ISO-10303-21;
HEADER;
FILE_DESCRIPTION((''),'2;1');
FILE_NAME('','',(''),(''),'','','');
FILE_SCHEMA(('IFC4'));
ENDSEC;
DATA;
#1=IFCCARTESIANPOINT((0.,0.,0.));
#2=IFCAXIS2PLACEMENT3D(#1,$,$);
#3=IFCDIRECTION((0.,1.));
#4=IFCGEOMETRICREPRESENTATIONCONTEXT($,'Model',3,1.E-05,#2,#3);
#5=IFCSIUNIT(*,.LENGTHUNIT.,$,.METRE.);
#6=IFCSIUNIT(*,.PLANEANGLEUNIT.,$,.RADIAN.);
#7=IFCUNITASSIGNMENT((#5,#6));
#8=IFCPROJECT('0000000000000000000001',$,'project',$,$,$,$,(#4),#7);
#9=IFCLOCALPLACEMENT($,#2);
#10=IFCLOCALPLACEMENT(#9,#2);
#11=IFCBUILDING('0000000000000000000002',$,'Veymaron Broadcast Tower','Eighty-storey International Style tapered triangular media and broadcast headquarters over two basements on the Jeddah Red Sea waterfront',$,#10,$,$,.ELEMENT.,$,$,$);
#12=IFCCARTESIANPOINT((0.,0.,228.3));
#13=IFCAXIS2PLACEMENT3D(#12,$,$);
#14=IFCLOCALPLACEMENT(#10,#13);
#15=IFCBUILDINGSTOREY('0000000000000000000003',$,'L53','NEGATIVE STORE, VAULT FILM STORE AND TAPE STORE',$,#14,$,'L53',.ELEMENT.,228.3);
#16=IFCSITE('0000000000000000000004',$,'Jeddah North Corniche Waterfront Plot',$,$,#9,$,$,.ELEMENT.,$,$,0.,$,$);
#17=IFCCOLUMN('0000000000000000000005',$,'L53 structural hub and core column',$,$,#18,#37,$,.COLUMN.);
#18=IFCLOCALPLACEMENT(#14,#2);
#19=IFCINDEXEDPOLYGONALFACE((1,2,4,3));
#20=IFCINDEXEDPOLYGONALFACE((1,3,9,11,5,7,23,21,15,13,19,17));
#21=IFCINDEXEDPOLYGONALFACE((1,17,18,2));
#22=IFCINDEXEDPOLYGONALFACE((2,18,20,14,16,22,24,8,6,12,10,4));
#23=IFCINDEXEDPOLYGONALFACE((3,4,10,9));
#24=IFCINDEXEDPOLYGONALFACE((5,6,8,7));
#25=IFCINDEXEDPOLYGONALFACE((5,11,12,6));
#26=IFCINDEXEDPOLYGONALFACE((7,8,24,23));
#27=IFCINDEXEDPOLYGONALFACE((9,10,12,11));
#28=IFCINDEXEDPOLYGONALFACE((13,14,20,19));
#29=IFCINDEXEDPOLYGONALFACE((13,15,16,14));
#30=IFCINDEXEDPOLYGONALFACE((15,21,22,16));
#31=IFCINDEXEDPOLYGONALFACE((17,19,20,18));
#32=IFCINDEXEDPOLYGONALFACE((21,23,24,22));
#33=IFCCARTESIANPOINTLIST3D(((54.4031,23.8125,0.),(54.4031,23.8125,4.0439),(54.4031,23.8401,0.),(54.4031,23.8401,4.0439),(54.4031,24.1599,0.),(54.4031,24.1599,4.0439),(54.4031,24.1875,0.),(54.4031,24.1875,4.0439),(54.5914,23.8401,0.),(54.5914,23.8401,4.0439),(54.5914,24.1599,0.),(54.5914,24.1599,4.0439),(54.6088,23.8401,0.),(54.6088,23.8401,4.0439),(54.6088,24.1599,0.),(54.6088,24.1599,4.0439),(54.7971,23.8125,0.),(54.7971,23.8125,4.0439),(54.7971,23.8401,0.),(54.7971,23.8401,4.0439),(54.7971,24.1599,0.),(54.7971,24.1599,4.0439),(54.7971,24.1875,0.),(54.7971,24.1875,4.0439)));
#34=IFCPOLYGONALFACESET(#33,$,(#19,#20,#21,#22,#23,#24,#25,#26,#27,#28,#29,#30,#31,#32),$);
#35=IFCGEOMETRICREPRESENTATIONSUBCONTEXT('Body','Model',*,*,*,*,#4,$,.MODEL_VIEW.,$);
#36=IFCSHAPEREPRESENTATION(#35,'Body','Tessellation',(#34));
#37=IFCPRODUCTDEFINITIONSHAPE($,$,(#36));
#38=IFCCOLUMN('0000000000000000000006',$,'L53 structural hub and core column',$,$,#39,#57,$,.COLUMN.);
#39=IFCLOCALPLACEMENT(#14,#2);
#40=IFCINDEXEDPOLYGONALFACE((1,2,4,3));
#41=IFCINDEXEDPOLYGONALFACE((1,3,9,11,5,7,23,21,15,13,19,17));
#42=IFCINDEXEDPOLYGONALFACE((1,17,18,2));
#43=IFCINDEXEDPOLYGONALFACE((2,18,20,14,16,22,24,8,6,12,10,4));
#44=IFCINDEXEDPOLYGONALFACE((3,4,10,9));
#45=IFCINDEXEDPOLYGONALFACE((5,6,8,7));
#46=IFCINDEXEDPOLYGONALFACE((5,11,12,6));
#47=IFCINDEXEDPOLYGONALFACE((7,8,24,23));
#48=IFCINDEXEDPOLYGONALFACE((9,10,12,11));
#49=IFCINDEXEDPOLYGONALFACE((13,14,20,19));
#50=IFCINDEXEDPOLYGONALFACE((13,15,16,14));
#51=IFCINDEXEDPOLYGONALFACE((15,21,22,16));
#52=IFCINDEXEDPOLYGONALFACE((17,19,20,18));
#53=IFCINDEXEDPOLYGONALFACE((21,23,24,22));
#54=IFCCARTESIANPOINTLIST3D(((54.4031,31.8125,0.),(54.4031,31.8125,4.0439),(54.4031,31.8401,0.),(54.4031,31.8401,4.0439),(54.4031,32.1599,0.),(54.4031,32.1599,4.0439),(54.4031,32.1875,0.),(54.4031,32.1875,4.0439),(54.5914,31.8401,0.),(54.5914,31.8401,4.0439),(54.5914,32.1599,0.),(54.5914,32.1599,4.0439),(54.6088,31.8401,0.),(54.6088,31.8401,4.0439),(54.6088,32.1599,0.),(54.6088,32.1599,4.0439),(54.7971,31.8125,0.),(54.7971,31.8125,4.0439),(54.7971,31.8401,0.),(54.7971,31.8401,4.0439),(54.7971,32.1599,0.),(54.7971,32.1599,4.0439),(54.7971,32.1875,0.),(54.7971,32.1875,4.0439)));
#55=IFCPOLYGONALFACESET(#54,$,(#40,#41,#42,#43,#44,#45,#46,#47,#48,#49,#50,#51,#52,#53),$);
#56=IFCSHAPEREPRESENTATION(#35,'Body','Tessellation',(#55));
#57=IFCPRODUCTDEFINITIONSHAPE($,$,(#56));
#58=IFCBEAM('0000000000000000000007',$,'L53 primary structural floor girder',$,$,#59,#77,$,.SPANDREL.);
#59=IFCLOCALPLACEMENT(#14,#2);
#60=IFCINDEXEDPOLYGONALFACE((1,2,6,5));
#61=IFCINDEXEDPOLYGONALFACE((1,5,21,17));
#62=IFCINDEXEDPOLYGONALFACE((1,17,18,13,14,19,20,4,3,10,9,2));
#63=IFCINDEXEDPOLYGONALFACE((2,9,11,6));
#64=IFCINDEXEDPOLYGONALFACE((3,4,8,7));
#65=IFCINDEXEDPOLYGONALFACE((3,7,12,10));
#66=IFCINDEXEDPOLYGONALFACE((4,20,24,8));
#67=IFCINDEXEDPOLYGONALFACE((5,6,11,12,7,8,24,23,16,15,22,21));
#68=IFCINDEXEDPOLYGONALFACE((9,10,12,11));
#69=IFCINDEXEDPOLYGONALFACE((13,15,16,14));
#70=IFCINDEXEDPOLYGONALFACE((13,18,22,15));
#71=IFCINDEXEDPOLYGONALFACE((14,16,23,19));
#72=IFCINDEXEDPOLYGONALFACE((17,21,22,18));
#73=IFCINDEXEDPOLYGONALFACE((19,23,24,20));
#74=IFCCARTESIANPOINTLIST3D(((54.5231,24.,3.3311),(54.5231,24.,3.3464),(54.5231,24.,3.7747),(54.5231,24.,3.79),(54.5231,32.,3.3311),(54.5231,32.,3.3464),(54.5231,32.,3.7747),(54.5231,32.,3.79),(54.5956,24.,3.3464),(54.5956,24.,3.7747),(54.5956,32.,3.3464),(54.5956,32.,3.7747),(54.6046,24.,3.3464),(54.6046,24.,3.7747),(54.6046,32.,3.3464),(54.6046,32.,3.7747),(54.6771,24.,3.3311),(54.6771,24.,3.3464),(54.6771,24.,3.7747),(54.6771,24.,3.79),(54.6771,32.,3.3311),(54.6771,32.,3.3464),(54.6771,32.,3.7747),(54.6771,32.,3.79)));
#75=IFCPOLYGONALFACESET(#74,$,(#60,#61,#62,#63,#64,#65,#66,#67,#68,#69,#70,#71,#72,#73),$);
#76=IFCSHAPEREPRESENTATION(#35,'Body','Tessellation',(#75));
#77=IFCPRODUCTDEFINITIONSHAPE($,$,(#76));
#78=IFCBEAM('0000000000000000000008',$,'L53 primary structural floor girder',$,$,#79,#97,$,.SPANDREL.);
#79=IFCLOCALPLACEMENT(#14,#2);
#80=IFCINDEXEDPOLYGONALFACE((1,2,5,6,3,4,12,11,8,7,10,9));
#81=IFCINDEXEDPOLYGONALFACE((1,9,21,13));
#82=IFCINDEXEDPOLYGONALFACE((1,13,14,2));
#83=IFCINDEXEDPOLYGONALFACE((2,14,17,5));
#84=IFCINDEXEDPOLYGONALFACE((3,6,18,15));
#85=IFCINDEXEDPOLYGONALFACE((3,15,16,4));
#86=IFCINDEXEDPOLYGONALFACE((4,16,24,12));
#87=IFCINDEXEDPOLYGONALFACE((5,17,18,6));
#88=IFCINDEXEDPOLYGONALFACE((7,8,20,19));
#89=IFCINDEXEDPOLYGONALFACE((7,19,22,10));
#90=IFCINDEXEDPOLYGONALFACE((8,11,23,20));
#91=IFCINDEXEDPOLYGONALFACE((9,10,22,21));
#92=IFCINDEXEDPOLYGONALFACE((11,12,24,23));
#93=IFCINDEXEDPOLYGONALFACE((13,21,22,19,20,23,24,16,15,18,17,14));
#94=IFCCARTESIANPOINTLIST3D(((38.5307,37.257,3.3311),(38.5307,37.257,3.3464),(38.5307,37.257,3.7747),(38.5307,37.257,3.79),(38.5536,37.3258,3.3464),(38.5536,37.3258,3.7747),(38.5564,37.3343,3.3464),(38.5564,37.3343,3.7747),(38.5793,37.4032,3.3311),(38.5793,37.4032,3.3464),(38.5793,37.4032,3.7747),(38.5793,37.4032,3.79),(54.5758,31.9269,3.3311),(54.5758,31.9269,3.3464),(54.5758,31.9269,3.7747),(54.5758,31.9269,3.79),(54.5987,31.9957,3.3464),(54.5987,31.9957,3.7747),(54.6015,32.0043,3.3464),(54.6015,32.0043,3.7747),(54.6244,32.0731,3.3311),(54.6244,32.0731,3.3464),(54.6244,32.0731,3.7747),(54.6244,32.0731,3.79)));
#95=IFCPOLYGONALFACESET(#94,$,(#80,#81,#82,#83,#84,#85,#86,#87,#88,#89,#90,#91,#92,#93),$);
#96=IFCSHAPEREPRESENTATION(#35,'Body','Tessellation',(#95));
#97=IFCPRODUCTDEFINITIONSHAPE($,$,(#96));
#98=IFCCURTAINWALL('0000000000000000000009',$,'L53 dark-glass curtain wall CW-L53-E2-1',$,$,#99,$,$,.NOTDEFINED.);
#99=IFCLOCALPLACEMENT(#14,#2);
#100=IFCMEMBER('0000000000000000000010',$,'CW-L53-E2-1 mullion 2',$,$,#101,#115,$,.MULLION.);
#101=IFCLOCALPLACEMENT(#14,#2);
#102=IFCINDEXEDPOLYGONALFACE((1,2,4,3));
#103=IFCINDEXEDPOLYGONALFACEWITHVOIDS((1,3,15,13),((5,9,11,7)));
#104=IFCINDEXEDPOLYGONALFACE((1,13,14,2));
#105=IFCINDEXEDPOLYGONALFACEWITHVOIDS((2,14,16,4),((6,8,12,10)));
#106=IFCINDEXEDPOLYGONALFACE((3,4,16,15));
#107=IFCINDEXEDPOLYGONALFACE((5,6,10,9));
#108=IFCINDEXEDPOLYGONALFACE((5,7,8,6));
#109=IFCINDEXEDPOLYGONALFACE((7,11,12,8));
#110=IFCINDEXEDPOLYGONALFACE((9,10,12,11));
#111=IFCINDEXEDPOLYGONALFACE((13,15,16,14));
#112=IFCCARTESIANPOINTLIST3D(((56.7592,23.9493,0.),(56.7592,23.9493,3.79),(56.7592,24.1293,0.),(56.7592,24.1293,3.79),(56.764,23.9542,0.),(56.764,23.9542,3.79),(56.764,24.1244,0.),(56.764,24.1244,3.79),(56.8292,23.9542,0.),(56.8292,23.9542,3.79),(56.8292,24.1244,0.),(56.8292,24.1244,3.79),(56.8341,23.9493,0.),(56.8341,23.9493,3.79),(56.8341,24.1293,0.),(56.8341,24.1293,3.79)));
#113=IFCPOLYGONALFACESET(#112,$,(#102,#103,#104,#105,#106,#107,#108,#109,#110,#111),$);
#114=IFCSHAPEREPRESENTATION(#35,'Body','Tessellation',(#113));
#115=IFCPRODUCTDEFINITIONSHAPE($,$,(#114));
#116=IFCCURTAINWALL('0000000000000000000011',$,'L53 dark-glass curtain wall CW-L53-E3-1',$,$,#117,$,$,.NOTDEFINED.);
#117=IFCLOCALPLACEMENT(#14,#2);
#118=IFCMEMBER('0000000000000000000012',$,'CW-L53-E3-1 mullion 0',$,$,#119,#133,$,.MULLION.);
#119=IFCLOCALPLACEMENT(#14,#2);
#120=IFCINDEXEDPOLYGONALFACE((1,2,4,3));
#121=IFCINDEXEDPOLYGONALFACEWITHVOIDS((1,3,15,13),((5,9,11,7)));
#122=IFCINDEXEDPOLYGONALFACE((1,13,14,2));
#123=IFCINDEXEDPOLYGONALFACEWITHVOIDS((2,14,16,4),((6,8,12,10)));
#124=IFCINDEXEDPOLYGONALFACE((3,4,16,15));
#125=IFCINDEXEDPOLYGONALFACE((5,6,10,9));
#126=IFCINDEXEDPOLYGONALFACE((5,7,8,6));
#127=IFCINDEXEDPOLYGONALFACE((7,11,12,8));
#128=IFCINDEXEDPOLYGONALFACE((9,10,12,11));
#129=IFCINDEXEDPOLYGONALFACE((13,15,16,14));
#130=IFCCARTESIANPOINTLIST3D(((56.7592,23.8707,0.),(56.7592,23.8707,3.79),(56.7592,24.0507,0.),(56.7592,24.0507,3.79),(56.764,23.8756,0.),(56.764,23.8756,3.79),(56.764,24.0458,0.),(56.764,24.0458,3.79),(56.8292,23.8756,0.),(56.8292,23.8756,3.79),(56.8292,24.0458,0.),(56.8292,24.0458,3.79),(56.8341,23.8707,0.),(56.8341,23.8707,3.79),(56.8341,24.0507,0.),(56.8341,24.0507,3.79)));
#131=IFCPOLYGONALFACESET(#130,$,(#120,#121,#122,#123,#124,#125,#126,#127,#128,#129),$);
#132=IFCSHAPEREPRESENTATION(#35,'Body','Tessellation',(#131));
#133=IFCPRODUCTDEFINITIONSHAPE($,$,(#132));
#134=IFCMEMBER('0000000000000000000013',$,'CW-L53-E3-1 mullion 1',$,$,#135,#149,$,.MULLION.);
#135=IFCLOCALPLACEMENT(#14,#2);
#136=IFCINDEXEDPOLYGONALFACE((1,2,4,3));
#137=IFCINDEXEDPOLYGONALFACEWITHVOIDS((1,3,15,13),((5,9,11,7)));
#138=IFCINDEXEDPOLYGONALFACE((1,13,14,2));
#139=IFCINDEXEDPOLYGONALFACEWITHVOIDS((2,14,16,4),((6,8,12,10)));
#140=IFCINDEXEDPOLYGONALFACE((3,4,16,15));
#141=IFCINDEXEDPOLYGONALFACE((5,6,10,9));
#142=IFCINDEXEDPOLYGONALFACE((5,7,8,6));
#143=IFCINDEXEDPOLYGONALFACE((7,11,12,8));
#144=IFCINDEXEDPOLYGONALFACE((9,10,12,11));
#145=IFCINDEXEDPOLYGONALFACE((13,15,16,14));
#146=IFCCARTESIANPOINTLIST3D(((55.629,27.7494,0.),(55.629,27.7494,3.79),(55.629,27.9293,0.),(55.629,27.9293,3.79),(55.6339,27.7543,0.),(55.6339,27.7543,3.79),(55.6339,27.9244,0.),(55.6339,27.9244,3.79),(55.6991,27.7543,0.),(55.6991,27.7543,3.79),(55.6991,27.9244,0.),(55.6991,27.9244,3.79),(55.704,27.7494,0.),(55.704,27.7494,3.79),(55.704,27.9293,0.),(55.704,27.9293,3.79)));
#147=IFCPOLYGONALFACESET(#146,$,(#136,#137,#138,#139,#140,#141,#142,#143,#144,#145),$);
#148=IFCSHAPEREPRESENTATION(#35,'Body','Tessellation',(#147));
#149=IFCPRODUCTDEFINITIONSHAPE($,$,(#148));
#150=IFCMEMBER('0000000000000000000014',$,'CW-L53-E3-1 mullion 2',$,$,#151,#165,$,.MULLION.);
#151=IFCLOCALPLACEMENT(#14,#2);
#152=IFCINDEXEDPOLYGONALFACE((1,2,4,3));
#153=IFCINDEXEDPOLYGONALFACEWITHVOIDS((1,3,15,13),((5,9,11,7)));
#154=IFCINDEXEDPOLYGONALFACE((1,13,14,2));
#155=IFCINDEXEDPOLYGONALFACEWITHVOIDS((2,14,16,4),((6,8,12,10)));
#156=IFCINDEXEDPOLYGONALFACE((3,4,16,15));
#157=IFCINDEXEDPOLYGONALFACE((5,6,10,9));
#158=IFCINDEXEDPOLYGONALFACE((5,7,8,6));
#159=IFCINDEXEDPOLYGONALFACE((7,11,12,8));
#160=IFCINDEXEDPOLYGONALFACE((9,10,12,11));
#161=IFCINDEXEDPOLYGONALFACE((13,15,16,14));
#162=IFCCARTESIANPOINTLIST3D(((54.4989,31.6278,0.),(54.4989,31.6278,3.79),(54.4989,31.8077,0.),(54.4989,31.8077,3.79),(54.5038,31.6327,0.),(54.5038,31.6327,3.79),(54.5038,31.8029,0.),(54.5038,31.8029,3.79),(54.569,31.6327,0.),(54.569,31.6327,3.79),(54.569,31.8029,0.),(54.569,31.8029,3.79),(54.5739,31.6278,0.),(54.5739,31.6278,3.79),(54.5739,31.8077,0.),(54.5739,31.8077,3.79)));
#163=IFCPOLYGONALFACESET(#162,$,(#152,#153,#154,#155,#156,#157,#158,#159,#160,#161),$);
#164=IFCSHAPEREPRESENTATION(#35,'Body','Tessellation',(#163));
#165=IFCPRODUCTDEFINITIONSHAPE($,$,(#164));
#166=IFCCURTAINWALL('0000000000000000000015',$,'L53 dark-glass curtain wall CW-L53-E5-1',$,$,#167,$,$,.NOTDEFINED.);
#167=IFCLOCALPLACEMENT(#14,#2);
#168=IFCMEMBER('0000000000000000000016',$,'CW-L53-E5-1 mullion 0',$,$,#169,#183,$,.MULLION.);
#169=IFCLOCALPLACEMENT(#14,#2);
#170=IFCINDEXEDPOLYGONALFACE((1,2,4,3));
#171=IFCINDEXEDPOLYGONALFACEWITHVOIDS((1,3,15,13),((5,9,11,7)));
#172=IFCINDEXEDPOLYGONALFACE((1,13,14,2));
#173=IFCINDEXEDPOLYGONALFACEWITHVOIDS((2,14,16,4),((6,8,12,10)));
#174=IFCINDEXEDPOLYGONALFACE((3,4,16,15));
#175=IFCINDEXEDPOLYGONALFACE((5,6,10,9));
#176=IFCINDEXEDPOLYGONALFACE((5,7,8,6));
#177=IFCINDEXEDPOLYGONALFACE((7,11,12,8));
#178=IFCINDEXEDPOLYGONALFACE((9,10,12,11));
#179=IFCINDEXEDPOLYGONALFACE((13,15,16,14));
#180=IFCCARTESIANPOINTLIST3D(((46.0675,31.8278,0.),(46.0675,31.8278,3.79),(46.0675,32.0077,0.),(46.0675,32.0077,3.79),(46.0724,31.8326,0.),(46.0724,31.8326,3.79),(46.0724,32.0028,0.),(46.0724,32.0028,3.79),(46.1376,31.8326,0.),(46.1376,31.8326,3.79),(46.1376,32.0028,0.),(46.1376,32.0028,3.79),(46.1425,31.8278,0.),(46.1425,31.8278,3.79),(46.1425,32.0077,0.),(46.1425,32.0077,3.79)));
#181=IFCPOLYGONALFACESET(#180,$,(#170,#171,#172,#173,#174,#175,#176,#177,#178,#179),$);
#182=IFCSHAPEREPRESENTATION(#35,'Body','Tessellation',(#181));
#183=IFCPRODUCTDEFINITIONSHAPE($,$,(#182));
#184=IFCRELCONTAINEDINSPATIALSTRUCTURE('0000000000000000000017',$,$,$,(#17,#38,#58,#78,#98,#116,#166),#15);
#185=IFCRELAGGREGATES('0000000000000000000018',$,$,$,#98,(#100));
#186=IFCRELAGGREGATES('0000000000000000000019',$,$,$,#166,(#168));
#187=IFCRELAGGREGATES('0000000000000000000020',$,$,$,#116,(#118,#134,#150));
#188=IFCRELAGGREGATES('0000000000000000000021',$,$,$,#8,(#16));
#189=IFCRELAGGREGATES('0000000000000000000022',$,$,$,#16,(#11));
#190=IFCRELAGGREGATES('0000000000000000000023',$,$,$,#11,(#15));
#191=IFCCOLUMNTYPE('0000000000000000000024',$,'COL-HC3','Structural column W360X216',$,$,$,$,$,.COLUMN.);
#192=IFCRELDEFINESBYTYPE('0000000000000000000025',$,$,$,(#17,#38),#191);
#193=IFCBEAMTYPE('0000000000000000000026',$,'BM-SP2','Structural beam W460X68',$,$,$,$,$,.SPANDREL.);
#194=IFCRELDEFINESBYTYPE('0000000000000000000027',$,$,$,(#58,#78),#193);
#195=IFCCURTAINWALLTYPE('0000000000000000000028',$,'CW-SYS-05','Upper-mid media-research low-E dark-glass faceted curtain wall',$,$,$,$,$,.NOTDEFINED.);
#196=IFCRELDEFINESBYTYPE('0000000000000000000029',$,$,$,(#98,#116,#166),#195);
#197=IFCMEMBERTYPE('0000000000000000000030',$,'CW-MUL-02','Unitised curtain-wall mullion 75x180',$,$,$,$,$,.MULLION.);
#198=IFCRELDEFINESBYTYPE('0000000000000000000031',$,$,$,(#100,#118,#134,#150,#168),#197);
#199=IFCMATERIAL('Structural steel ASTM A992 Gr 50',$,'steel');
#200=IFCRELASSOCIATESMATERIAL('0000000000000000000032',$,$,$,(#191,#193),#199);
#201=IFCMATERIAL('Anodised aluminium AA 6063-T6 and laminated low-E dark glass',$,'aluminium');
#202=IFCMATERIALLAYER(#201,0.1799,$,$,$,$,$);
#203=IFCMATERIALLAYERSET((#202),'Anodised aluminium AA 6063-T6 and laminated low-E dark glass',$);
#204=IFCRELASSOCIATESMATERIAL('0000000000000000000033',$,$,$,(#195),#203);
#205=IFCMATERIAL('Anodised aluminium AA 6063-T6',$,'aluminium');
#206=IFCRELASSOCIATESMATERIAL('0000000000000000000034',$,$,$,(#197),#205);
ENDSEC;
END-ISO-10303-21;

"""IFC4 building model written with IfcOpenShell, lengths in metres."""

from ifc_helpers import new_model, si_unit, direction, frame, origin, origin_2d, place, context, subcontext, project, spatial, hollow_rectangle, i_section, extrude, material, layer, layer_set, material_profile, profile_set, type_object, element, aggregate, save


model = new_model("IFC4")

# Units and contexts
model_context = context("Model", 3, precision=1e-05, world=origin(), true_north=direction((0.0, 1.0)))
body_context = subcontext(model_context, "Body", "Model", "MODEL_VIEW")
ifc_project = project(units=[si_unit("LENGTHUNIT", "METRE"), si_unit("PLANEANGLEUNIT", "RADIAN")], contexts=[model_context])

# Site, building, storey
site_placement = place(None, origin())
site = spatial("IfcSite", under=ifc_project, at=site_placement, Name="Jeddah North Corniche Waterfront Plot", CompositionType="ELEMENT", RefElevation=0.0)
building_placement = place(site_placement, origin())
building = spatial("IfcBuilding", under=site, at=building_placement, Name="Veymaron Broadcast Tower", Description="Eighty-storey International Style tapered triangular media and broadcast headquarters over two basements on the Jeddah Red Sea waterfront", CompositionType="ELEMENT")
storey_placement = place(building_placement, frame((0.0, 0.0, 228.3)))
storey = spatial("IfcBuildingStorey", under=building, at=storey_placement, Name="L53", Description="NEGATIVE STORE, VAULT FILM STORE AND TAPE STORE", LongName="L53", CompositionType="ELEMENT", Elevation=228.3)

# Columns
ifc_material_1 = material(Name="Structural steel ASTM A992 Gr 50", Category="steel")
ifc_material_profile_1 = material_profile(ifc_material_1, i_section(OverallWidth=0.394, OverallDepth=0.375, WebThickness=0.0173, FlangeThickness=0.0276, at=origin_2d()), Name="W360X216")
ifc_profile_set_1 = profile_set([ifc_material_profile_1], Name="Structural steel ASTM A992 Gr 50")
column_type = type_object("IfcColumnType", Name="COL-HC3", Description="Structural column W360X216", PredefinedType="COLUMN", material=ifc_profile_set_1)
for number, where, z_axis, x_axis, name in (
    (1, (54.6001, 24.0, 0.0), (0.0, 0.0, 1.0), (1.0, 0.0, 0.0), "L53 structural hub and core column"),
    (2, (54.6001, 32.0, 0.0), (0.0, 0.0, 1.0), (1.0, 0.0, 0.0), "L53 structural hub and core column"),
):
    element("IfcColumn", number, at=place(storey_placement, frame(where, z_axis=z_axis, x_axis=x_axis)), inside=storey, type_object=column_type, Name=name, PredefinedType="COLUMN", context=body_context, shape_type="SweptSolid", body=[
        extrude(i_section(OverallWidth=0.394, OverallDepth=0.375, WebThickness=0.0173, FlangeThickness=0.0276, at=origin_2d()), origin(), (0.0, 0.0, 1.0), 4.0439),
    ])

# Beams
ifc_material_profile_2 = material_profile(ifc_material_1, i_section(OverallWidth=0.1541, OverallDepth=0.459, WebThickness=0.009, FlangeThickness=0.0154, at=origin_2d()), Name="W460X68")
ifc_profile_set_2 = profile_set([ifc_material_profile_2], Name="Structural steel ASTM A992 Gr 50")
beam_type = type_object("IfcBeamType", Name="BM-SP2", Description="Structural beam W460X68", PredefinedType="SPANDREL", material=ifc_profile_set_2)
beam_1_placement = place(storey_placement, frame((54.6001, 24.0, 3.5605), z_axis=(0.0, 1.0, 0.0), x_axis=(-1.0, 0.0, 0.0)))
element("IfcBeam", 3, at=beam_1_placement, inside=storey, type_object=beam_type, Name="L53 primary structural floor girder", PredefinedType="SPANDREL", context=body_context, shape_type="SweptSolid", body=[
    extrude(i_section(OverallWidth=0.1541, OverallDepth=0.459, WebThickness=0.009, FlangeThickness=0.0154, at=origin_2d()), origin(), (0.0, 0.0, 1.0), 8.0),
])
beam_2_placement = place(storey_placement, frame((54.6001, 32.0, 3.5605), z_axis=(-0.949008, 0.315253, 0.0), x_axis=(-0.315253, -0.949008, 0.0)))
element("IfcBeam", 4, at=beam_2_placement, inside=storey, type_object=beam_type, Name="L53 primary structural floor girder", PredefinedType="SPANDREL", context=body_context, shape_type="SweptSolid", body=[
    extrude(i_section(OverallWidth=0.1541, OverallDepth=0.459, WebThickness=0.009, FlangeThickness=0.0154, at=origin_2d()), origin(), (0.0, 0.0, 1.0), 16.9072),
])

# Curtain wall, member
ifc_material_2 = material(Name="Anodised aluminium AA 6063-T6 and laminated low-E dark glass", Category="aluminium")
ifc_layer_1 = layer(ifc_material_2, 0.1799)
ifc_layer_set_1 = layer_set([ifc_layer_1], Name="Anodised aluminium AA 6063-T6 and laminated low-E dark glass")
curtain_wall_type = type_object("IfcCurtainWallType", Name="CW-SYS-05", Description="Upper-mid media-research low-E dark-glass faceted curtain wall", PredefinedType="NOTDEFINED", material=ifc_layer_set_1)
curtain_wall_1_placement = place(storey_placement, origin())
curtain_wall_1 = element("IfcCurtainWall", 5, at=curtain_wall_1_placement, inside=storey, type_object=curtain_wall_type, Name="L53 dark-glass curtain wall CW-L53-E2-1", PredefinedType="NOTDEFINED")
ifc_material_3 = material(Name="Anodised aluminium AA 6063-T6", Category="aluminium")
ifc_material_profile_3 = material_profile(ifc_material_3, hollow_rectangle(XDim=0.075, YDim=0.1799, WallThickness=0.0049, at=origin_2d()), Name="AL180X75X5")
ifc_profile_set_3 = profile_set([ifc_material_profile_3], Name="Anodised aluminium AA 6063-T6")
member_type_1 = type_object("IfcMemberType", Name="CW-MUL-02", Description="Unitised curtain-wall mullion 75x180", PredefinedType="MULLION", material=ifc_profile_set_3)
member_1_placement = place(storey_placement, frame((56.7966, 24.0393, 0.0), z_axis=(0.0, 0.0, 1.0), x_axis=(1.0, 0.0, 0.0)))
member_1 = element("IfcMember", 6, at=member_1_placement, type_object=member_type_1, Name="CW-L53-E2-1 mullion 2", PredefinedType="MULLION", context=body_context, shape_type="SweptSolid", body=[
    extrude(hollow_rectangle(XDim=0.075, YDim=0.1799, WallThickness=0.0049, at=origin_2d()), origin(), (0.0, 0.0, 1.0), 3.79),
])
aggregate(curtain_wall_1, [member_1])

# Curtain wall, members
curtain_wall_2_placement = place(storey_placement, origin())
curtain_wall_2 = element("IfcCurtainWall", 7, at=curtain_wall_2_placement, inside=storey, type_object=curtain_wall_type, Name="L53 dark-glass curtain wall CW-L53-E3-1", PredefinedType="NOTDEFINED")
member_2_placement = place(storey_placement, frame((56.7966, 23.9607, 0.0), z_axis=(0.0, 0.0, 1.0), x_axis=(1.0, 0.0, 0.0)))
member_2 = element("IfcMember", 8, at=member_2_placement, type_object=member_type_1, Name="CW-L53-E3-1 mullion 0", PredefinedType="MULLION", context=body_context, shape_type="SweptSolid", body=[
    extrude(hollow_rectangle(XDim=0.075, YDim=0.1799, WallThickness=0.0049, at=origin_2d()), origin(), (0.0, 0.0, 1.0), 3.79),
])
member_3_placement = place(storey_placement, frame((55.6665, 27.8394, 0.0), z_axis=(0.0, 0.0, 1.0), x_axis=(1.0, 0.0, 0.0)))
member_3 = element("IfcMember", 9, at=member_3_placement, type_object=member_type_1, Name="CW-L53-E3-1 mullion 1", PredefinedType="MULLION", context=body_context, shape_type="SweptSolid", body=[
    extrude(hollow_rectangle(XDim=0.075, YDim=0.1799, WallThickness=0.0049, at=origin_2d()), origin(), (0.0, 0.0, 1.0), 3.79),
])
member_4_placement = place(storey_placement, frame((54.5364, 31.7178, 0.0), z_axis=(0.0, 0.0, 1.0), x_axis=(1.0, 0.0, 0.0)))
member_4 = element("IfcMember", 10, at=member_4_placement, type_object=member_type_1, Name="CW-L53-E3-1 mullion 2", PredefinedType="MULLION", context=body_context, shape_type="SweptSolid", body=[
    extrude(hollow_rectangle(XDim=0.075, YDim=0.1799, WallThickness=0.0049, at=origin_2d()), origin(), (0.0, 0.0, 1.0), 3.79),
])

# Curtain wall, member
curtain_wall_3_placement = place(storey_placement, origin())
curtain_wall_3 = element("IfcCurtainWall", 11, at=curtain_wall_3_placement, inside=storey, type_object=curtain_wall_type, Name="L53 dark-glass curtain wall CW-L53-E5-1", PredefinedType="NOTDEFINED")
member_5_placement = place(storey_placement, frame((46.105, 31.9177, 0.0), z_axis=(0.0, 0.0, 1.0), x_axis=(1.0, 0.0, 0.0)))
member_5 = element("IfcMember", 12, at=member_5_placement, type_object=member_type_1, Name="CW-L53-E5-1 mullion 0", PredefinedType="MULLION", context=body_context, shape_type="SweptSolid", body=[
    extrude(hollow_rectangle(XDim=0.075, YDim=0.1799, WallThickness=0.0049, at=origin_2d()), origin(), (0.0, 0.0, 1.0), 3.79),
])

aggregate(curtain_wall_3, [member_5])

aggregate(curtain_wall_2, [member_2, member_3, member_4])

save(model, "model.ifc")
